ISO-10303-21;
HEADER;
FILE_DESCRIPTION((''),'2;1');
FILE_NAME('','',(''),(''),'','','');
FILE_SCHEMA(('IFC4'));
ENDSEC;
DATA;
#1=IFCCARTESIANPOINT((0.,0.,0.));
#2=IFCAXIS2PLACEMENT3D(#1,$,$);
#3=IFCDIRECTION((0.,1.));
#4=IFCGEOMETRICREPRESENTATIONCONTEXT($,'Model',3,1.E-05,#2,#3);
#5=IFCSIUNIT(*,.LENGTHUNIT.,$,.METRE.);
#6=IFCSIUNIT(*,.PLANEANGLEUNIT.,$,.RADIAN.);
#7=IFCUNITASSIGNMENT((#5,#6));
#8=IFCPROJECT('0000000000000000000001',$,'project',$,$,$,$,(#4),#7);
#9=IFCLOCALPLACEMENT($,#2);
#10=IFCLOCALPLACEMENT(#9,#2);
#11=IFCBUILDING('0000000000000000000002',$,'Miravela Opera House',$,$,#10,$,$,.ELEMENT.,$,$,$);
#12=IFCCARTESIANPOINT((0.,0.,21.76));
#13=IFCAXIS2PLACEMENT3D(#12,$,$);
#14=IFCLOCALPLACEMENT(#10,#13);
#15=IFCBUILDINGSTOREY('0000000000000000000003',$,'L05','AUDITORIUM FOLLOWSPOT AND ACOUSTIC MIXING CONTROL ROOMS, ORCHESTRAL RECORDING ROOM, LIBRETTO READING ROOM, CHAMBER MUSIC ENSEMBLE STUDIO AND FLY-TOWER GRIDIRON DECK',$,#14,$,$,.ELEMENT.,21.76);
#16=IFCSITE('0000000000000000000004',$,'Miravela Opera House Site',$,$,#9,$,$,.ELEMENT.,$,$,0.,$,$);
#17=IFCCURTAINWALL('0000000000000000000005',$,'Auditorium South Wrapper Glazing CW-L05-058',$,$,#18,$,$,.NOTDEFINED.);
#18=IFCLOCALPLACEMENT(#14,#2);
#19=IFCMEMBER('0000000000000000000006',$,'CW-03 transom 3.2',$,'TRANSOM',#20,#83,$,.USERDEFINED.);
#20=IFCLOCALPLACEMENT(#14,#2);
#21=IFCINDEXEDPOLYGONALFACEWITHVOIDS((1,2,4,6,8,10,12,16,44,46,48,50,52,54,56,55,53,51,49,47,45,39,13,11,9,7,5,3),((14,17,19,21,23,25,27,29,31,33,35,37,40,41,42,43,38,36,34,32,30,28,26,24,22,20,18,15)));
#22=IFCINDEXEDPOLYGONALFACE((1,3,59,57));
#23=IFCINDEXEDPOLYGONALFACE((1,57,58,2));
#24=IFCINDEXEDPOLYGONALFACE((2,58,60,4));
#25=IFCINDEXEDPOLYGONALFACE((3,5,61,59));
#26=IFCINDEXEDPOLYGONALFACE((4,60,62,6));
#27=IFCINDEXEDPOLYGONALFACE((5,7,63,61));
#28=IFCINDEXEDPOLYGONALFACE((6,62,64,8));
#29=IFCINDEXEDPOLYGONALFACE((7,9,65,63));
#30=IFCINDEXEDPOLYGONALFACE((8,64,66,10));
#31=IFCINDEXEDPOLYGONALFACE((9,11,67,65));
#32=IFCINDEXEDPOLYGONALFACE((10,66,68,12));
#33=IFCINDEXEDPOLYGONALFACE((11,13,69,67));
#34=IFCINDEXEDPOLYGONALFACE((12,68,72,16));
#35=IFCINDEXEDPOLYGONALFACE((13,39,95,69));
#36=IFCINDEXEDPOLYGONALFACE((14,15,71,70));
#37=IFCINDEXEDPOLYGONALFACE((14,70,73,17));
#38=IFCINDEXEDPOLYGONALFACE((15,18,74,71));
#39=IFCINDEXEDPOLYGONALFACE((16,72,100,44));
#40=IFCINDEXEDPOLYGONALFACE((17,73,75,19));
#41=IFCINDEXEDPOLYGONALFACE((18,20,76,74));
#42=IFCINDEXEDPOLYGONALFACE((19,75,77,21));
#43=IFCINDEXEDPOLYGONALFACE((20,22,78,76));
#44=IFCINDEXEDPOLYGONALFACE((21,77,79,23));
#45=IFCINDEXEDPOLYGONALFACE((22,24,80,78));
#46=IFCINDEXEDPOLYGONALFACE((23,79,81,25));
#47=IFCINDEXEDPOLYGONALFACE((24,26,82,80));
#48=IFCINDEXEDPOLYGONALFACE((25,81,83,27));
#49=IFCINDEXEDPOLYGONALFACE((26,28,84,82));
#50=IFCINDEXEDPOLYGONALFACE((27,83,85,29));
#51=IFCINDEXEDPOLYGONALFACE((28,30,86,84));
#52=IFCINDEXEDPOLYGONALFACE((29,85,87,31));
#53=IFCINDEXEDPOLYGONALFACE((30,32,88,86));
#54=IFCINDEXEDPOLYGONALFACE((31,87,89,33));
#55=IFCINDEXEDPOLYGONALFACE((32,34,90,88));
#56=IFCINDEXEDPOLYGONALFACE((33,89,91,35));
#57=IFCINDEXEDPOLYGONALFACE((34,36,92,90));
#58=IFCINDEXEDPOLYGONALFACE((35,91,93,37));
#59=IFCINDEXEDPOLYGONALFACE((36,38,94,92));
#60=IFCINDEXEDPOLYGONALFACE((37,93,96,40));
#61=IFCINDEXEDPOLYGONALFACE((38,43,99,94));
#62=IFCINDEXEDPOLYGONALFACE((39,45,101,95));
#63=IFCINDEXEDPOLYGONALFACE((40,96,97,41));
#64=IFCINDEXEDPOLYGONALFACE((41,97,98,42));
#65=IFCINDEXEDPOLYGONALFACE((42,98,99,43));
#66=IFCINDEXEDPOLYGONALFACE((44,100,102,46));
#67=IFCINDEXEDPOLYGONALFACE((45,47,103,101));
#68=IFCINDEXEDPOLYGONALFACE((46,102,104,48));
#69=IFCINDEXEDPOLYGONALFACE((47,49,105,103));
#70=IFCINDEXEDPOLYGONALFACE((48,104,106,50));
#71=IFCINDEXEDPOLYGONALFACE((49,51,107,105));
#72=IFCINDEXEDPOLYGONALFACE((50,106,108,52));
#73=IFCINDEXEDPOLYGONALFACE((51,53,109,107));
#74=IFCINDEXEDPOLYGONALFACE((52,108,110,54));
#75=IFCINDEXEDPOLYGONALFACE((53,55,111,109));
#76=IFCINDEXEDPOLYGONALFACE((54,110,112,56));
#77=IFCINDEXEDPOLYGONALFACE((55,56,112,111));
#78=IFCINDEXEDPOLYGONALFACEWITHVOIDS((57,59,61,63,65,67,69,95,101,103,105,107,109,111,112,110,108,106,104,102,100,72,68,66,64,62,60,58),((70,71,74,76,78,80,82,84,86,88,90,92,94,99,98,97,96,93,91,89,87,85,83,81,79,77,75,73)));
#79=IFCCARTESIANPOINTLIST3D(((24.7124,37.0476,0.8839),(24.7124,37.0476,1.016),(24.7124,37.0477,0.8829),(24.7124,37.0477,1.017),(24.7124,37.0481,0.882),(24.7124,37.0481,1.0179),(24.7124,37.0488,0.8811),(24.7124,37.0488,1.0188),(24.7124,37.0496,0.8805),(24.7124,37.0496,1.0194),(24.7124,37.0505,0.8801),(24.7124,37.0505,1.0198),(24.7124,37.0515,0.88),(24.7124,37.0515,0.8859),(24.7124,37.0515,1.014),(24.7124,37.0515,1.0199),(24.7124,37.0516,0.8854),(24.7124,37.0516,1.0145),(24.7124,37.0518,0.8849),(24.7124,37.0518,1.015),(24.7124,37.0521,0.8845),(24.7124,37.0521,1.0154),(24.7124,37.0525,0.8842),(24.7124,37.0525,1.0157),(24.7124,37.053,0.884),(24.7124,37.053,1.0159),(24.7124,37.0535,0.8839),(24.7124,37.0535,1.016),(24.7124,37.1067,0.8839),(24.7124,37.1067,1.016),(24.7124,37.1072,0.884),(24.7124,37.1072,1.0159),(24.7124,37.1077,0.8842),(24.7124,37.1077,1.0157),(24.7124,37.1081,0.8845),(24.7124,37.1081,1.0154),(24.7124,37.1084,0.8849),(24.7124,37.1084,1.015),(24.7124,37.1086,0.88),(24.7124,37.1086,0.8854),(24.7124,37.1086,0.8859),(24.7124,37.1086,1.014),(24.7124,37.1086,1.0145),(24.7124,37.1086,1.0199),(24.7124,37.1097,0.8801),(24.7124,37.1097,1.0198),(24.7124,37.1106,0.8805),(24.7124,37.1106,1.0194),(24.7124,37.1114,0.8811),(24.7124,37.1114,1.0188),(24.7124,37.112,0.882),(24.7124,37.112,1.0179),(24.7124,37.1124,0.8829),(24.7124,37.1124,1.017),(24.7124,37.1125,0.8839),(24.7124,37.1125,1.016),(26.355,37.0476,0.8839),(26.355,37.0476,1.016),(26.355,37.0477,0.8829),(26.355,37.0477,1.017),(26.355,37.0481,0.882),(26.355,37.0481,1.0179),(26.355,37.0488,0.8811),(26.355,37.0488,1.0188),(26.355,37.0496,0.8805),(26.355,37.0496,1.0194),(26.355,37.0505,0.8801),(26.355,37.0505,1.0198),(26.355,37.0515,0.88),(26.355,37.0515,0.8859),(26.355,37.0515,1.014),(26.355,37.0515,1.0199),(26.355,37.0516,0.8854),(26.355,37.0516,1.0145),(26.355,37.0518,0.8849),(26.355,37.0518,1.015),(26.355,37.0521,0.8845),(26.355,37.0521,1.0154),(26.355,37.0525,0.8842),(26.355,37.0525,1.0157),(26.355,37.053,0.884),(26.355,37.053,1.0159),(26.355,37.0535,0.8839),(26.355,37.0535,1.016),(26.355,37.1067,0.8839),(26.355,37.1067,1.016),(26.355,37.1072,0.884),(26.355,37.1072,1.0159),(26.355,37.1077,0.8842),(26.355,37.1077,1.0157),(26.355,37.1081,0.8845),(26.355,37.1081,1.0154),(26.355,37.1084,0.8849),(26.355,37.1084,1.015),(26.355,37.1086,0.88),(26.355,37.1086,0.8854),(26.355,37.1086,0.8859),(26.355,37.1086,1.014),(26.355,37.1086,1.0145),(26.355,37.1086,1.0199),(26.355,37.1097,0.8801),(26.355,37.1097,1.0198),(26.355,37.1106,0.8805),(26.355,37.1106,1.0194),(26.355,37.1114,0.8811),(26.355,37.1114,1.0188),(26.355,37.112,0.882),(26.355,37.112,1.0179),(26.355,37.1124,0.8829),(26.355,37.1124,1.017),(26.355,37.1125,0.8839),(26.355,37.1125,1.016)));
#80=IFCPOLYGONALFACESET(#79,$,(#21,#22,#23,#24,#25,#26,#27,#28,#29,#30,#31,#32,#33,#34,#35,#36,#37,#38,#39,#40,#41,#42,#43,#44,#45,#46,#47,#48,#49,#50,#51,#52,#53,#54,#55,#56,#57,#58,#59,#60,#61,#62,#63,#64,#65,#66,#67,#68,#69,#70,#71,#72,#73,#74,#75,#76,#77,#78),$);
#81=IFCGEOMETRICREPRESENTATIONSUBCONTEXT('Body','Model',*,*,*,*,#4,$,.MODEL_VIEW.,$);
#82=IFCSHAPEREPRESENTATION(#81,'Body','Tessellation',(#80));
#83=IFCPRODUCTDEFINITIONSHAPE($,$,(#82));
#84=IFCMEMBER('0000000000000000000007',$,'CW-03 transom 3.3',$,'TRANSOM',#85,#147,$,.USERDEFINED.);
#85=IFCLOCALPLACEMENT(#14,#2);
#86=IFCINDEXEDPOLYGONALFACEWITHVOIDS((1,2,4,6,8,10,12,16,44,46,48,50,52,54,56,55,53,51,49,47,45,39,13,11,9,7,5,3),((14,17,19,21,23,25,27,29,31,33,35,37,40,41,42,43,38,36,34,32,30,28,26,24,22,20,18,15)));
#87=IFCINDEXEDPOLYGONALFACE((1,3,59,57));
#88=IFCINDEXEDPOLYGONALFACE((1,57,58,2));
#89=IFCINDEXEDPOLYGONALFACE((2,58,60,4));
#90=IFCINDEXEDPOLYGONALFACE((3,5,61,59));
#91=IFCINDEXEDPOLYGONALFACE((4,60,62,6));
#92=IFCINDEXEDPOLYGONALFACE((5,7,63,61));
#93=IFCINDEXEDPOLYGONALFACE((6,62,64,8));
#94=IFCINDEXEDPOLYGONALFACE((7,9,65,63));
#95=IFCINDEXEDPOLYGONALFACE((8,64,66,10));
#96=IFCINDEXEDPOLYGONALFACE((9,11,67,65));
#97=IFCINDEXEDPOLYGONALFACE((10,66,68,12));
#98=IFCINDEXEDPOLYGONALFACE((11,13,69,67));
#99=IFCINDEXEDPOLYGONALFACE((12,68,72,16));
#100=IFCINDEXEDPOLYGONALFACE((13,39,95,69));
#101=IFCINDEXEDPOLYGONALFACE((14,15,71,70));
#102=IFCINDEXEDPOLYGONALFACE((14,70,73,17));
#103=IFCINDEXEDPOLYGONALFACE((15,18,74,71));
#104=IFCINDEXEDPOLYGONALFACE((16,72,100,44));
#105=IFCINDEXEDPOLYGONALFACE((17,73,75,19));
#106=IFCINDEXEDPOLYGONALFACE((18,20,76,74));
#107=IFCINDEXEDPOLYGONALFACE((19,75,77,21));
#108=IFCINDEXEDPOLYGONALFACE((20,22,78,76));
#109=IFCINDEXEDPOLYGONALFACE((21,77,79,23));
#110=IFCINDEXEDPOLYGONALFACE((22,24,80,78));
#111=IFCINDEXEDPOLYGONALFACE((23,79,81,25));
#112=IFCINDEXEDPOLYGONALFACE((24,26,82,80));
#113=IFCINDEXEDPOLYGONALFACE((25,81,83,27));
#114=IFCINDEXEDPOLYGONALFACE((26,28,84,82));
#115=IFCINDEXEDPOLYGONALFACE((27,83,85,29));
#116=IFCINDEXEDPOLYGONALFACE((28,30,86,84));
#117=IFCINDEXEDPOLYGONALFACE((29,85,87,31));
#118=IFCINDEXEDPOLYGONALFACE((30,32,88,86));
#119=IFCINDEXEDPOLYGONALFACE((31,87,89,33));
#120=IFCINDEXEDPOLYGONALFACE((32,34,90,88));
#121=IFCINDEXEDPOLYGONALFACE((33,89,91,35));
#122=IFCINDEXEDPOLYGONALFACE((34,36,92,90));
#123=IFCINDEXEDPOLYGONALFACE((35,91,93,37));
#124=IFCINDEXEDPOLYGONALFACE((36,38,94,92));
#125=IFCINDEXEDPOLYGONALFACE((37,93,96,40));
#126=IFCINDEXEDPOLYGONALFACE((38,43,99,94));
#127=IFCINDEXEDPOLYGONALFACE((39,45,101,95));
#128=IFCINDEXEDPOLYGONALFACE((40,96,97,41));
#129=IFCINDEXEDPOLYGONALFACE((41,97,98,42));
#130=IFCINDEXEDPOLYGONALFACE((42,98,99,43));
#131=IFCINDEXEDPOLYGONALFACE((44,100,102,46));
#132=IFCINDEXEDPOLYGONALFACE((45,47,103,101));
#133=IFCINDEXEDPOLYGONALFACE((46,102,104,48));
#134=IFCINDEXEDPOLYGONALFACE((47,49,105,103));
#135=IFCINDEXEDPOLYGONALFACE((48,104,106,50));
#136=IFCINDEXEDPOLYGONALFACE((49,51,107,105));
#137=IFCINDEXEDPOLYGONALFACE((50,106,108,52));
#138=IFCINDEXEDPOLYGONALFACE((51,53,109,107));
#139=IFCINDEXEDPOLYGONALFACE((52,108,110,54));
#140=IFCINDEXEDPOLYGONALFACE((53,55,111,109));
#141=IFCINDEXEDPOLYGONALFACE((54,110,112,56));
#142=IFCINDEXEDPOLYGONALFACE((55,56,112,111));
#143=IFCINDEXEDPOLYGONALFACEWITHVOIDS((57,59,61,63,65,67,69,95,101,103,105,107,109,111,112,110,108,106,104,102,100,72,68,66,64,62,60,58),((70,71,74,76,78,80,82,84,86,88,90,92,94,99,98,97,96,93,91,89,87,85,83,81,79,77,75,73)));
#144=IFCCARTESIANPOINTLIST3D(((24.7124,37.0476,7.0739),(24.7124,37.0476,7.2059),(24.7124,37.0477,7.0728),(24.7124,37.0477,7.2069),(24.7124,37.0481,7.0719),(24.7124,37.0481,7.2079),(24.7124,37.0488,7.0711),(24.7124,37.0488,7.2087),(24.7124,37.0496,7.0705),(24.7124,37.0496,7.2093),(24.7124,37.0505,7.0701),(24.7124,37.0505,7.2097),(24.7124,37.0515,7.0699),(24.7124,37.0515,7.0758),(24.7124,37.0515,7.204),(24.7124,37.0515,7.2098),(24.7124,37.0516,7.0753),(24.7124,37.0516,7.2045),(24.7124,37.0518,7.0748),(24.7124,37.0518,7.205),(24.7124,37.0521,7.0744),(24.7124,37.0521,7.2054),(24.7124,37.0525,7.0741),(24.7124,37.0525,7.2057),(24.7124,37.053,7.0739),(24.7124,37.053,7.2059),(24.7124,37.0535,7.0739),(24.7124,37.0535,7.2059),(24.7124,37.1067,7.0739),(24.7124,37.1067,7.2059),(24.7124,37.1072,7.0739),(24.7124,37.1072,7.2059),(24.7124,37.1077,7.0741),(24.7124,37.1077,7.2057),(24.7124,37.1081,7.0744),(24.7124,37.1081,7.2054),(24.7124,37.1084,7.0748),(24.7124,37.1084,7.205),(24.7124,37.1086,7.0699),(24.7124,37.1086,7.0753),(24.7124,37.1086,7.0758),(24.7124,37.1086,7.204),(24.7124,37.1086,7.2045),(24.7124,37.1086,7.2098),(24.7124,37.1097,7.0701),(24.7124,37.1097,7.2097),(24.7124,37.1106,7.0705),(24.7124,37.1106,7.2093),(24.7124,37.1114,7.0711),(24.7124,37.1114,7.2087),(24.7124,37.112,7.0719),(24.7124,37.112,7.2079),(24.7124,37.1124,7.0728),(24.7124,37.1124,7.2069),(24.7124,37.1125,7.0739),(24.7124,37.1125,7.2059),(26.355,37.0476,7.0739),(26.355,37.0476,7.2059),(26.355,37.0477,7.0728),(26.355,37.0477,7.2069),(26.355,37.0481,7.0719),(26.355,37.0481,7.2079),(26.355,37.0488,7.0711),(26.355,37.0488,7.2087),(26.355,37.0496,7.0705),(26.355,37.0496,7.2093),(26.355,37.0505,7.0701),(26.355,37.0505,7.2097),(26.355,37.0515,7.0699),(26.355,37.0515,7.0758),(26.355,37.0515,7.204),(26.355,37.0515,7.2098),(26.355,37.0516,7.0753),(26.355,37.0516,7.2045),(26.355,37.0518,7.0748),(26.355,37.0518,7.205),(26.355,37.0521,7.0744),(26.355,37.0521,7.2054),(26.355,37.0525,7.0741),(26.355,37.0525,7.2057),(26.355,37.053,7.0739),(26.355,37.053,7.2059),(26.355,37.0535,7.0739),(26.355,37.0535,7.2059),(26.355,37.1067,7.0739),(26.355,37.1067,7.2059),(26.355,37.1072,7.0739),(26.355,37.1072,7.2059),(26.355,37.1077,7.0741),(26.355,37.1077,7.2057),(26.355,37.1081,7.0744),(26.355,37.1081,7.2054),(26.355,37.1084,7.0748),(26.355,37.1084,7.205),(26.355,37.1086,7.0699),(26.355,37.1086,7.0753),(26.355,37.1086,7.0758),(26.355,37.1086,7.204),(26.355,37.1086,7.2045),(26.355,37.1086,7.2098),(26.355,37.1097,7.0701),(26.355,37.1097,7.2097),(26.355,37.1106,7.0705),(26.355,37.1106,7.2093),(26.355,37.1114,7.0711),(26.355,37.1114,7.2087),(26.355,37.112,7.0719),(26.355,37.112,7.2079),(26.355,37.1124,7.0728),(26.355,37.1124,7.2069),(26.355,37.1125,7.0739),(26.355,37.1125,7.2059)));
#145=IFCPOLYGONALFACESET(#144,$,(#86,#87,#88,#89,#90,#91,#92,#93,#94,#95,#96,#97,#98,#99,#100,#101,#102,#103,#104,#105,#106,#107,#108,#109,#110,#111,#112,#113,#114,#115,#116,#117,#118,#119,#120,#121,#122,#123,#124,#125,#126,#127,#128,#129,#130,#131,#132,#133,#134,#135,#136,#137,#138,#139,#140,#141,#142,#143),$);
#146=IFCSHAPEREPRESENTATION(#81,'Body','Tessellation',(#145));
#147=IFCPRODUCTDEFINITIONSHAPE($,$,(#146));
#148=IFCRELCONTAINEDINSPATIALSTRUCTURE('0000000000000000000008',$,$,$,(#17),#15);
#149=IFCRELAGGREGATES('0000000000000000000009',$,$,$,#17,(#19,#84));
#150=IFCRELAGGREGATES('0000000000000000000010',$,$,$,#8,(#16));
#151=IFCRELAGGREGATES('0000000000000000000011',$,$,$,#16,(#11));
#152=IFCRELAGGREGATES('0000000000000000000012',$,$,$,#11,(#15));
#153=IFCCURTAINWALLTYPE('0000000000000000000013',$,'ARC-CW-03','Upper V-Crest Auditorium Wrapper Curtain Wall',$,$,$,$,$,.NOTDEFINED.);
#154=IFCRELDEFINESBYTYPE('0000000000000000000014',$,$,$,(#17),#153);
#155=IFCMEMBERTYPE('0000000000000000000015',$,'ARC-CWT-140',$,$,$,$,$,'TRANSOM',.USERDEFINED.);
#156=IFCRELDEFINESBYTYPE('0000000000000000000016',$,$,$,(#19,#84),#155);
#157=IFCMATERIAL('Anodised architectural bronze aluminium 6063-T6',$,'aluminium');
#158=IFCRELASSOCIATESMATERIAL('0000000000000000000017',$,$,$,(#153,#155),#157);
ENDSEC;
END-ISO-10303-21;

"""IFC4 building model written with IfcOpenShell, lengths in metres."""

from ifc_helpers import new_model, si_unit, direction, frame, origin, origin_2d, place, context, subcontext, project, spatial, hollow_rectangle, extrude, material, material_profile, profile_set, type_object, element, aggregate, save


model = new_model("IFC4")

# Units and contexts
model_context = context("Model", 3, precision=1e-05, world=origin(), true_north=direction((0.0, 1.0)))
body_context = subcontext(model_context, "Body", "Model", "MODEL_VIEW")
ifc_project = project(units=[si_unit("LENGTHUNIT", "METRE"), si_unit("PLANEANGLEUNIT", "RADIAN")], contexts=[model_context])

# Site, building, storey
site_placement = place(None, origin())
site = spatial("IfcSite", under=ifc_project, at=site_placement, Name="Miravela Opera House Site", CompositionType="ELEMENT", RefElevation=0.0)
building_placement = place(site_placement, origin())
building = spatial("IfcBuilding", under=site, at=building_placement, Name="Miravela Opera House", CompositionType="ELEMENT")
storey_placement = place(building_placement, frame((0.0, 0.0, 21.76)))
storey = spatial("IfcBuildingStorey", under=building, at=storey_placement, Name="L05", Description="AUDITORIUM FOLLOWSPOT AND ACOUSTIC MIXING CONTROL ROOMS, ORCHESTRAL RECORDING ROOM, LIBRETTO READING ROOM, CHAMBER MUSIC ENSEMBLE STUDIO AND FLY-TOWER GRIDIRON DECK", CompositionType="ELEMENT", Elevation=21.76)

# Curtain wall, members
ifc_material_1 = material(Name="Anodised architectural bronze aluminium 6063-T6", Category="aluminium")
curtain_wall_type = type_object("IfcCurtainWallType", Name="ARC-CW-03", Description="Upper V-Crest Auditorium Wrapper Curtain Wall", PredefinedType="NOTDEFINED", material=ifc_material_1)
ifc_material_profile_1 = material_profile(ifc_material_1, hollow_rectangle(XDim=0.0649, YDim=0.1399, WallThickness=0.0039, InnerFilletRadius=0.002, OuterFilletRadius=0.0039, at=origin_2d()), Name="CWT-65X140")
ifc_profile_set_1 = profile_set([ifc_material_profile_1])
member_type_1 = type_object("IfcMemberType", Name="ARC-CWT-140", ElementType="TRANSOM", PredefinedType="USERDEFINED", material=ifc_profile_set_1)
curtain_wall_1_placement = place(storey_placement, origin())
curtain_wall_1 = element("IfcCurtainWall", 1, at=curtain_wall_1_placement, inside=storey, type_object=curtain_wall_type, Name="Auditorium South Wrapper Glazing CW-L05-058", PredefinedType="NOTDEFINED")
member_1_placement = place(storey_placement, frame((24.7124, 37.0801, 0.95), z_axis=(1.0, 0.0, 0.0), x_axis=(0.0, 1.0, 0.0)))
member_1 = element("IfcMember", 2, at=member_1_placement, type_object=member_type_1, Name="CW-03 transom 3.2", ObjectType="TRANSOM", PredefinedType="USERDEFINED", context=body_context, shape_type="SweptSolid", body=[
    extrude(hollow_rectangle(XDim=0.0649, YDim=0.1399, WallThickness=0.0039, InnerFilletRadius=0.002, OuterFilletRadius=0.0039, at=origin_2d()), origin(), (0.0, 0.0, 1.0), 1.6426),
])
member_2_placement = place(storey_placement, frame((24.7124, 37.0801, 7.1399), z_axis=(1.0, 0.0, 0.0), x_axis=(0.0, 1.0, 0.0)))
member_2 = element("IfcMember", 3, at=member_2_placement, type_object=member_type_1, Name="CW-03 transom 3.3", ObjectType="TRANSOM", PredefinedType="USERDEFINED", context=body_context, shape_type="SweptSolid", body=[
    extrude(hollow_rectangle(XDim=0.0649, YDim=0.1399, WallThickness=0.0039, InnerFilletRadius=0.002, OuterFilletRadius=0.0039, at=origin_2d()), origin(), (0.0, 0.0, 1.0), 1.6426),
])

aggregate(curtain_wall_1, [member_1, member_2])

save(model, "model.ifc")
